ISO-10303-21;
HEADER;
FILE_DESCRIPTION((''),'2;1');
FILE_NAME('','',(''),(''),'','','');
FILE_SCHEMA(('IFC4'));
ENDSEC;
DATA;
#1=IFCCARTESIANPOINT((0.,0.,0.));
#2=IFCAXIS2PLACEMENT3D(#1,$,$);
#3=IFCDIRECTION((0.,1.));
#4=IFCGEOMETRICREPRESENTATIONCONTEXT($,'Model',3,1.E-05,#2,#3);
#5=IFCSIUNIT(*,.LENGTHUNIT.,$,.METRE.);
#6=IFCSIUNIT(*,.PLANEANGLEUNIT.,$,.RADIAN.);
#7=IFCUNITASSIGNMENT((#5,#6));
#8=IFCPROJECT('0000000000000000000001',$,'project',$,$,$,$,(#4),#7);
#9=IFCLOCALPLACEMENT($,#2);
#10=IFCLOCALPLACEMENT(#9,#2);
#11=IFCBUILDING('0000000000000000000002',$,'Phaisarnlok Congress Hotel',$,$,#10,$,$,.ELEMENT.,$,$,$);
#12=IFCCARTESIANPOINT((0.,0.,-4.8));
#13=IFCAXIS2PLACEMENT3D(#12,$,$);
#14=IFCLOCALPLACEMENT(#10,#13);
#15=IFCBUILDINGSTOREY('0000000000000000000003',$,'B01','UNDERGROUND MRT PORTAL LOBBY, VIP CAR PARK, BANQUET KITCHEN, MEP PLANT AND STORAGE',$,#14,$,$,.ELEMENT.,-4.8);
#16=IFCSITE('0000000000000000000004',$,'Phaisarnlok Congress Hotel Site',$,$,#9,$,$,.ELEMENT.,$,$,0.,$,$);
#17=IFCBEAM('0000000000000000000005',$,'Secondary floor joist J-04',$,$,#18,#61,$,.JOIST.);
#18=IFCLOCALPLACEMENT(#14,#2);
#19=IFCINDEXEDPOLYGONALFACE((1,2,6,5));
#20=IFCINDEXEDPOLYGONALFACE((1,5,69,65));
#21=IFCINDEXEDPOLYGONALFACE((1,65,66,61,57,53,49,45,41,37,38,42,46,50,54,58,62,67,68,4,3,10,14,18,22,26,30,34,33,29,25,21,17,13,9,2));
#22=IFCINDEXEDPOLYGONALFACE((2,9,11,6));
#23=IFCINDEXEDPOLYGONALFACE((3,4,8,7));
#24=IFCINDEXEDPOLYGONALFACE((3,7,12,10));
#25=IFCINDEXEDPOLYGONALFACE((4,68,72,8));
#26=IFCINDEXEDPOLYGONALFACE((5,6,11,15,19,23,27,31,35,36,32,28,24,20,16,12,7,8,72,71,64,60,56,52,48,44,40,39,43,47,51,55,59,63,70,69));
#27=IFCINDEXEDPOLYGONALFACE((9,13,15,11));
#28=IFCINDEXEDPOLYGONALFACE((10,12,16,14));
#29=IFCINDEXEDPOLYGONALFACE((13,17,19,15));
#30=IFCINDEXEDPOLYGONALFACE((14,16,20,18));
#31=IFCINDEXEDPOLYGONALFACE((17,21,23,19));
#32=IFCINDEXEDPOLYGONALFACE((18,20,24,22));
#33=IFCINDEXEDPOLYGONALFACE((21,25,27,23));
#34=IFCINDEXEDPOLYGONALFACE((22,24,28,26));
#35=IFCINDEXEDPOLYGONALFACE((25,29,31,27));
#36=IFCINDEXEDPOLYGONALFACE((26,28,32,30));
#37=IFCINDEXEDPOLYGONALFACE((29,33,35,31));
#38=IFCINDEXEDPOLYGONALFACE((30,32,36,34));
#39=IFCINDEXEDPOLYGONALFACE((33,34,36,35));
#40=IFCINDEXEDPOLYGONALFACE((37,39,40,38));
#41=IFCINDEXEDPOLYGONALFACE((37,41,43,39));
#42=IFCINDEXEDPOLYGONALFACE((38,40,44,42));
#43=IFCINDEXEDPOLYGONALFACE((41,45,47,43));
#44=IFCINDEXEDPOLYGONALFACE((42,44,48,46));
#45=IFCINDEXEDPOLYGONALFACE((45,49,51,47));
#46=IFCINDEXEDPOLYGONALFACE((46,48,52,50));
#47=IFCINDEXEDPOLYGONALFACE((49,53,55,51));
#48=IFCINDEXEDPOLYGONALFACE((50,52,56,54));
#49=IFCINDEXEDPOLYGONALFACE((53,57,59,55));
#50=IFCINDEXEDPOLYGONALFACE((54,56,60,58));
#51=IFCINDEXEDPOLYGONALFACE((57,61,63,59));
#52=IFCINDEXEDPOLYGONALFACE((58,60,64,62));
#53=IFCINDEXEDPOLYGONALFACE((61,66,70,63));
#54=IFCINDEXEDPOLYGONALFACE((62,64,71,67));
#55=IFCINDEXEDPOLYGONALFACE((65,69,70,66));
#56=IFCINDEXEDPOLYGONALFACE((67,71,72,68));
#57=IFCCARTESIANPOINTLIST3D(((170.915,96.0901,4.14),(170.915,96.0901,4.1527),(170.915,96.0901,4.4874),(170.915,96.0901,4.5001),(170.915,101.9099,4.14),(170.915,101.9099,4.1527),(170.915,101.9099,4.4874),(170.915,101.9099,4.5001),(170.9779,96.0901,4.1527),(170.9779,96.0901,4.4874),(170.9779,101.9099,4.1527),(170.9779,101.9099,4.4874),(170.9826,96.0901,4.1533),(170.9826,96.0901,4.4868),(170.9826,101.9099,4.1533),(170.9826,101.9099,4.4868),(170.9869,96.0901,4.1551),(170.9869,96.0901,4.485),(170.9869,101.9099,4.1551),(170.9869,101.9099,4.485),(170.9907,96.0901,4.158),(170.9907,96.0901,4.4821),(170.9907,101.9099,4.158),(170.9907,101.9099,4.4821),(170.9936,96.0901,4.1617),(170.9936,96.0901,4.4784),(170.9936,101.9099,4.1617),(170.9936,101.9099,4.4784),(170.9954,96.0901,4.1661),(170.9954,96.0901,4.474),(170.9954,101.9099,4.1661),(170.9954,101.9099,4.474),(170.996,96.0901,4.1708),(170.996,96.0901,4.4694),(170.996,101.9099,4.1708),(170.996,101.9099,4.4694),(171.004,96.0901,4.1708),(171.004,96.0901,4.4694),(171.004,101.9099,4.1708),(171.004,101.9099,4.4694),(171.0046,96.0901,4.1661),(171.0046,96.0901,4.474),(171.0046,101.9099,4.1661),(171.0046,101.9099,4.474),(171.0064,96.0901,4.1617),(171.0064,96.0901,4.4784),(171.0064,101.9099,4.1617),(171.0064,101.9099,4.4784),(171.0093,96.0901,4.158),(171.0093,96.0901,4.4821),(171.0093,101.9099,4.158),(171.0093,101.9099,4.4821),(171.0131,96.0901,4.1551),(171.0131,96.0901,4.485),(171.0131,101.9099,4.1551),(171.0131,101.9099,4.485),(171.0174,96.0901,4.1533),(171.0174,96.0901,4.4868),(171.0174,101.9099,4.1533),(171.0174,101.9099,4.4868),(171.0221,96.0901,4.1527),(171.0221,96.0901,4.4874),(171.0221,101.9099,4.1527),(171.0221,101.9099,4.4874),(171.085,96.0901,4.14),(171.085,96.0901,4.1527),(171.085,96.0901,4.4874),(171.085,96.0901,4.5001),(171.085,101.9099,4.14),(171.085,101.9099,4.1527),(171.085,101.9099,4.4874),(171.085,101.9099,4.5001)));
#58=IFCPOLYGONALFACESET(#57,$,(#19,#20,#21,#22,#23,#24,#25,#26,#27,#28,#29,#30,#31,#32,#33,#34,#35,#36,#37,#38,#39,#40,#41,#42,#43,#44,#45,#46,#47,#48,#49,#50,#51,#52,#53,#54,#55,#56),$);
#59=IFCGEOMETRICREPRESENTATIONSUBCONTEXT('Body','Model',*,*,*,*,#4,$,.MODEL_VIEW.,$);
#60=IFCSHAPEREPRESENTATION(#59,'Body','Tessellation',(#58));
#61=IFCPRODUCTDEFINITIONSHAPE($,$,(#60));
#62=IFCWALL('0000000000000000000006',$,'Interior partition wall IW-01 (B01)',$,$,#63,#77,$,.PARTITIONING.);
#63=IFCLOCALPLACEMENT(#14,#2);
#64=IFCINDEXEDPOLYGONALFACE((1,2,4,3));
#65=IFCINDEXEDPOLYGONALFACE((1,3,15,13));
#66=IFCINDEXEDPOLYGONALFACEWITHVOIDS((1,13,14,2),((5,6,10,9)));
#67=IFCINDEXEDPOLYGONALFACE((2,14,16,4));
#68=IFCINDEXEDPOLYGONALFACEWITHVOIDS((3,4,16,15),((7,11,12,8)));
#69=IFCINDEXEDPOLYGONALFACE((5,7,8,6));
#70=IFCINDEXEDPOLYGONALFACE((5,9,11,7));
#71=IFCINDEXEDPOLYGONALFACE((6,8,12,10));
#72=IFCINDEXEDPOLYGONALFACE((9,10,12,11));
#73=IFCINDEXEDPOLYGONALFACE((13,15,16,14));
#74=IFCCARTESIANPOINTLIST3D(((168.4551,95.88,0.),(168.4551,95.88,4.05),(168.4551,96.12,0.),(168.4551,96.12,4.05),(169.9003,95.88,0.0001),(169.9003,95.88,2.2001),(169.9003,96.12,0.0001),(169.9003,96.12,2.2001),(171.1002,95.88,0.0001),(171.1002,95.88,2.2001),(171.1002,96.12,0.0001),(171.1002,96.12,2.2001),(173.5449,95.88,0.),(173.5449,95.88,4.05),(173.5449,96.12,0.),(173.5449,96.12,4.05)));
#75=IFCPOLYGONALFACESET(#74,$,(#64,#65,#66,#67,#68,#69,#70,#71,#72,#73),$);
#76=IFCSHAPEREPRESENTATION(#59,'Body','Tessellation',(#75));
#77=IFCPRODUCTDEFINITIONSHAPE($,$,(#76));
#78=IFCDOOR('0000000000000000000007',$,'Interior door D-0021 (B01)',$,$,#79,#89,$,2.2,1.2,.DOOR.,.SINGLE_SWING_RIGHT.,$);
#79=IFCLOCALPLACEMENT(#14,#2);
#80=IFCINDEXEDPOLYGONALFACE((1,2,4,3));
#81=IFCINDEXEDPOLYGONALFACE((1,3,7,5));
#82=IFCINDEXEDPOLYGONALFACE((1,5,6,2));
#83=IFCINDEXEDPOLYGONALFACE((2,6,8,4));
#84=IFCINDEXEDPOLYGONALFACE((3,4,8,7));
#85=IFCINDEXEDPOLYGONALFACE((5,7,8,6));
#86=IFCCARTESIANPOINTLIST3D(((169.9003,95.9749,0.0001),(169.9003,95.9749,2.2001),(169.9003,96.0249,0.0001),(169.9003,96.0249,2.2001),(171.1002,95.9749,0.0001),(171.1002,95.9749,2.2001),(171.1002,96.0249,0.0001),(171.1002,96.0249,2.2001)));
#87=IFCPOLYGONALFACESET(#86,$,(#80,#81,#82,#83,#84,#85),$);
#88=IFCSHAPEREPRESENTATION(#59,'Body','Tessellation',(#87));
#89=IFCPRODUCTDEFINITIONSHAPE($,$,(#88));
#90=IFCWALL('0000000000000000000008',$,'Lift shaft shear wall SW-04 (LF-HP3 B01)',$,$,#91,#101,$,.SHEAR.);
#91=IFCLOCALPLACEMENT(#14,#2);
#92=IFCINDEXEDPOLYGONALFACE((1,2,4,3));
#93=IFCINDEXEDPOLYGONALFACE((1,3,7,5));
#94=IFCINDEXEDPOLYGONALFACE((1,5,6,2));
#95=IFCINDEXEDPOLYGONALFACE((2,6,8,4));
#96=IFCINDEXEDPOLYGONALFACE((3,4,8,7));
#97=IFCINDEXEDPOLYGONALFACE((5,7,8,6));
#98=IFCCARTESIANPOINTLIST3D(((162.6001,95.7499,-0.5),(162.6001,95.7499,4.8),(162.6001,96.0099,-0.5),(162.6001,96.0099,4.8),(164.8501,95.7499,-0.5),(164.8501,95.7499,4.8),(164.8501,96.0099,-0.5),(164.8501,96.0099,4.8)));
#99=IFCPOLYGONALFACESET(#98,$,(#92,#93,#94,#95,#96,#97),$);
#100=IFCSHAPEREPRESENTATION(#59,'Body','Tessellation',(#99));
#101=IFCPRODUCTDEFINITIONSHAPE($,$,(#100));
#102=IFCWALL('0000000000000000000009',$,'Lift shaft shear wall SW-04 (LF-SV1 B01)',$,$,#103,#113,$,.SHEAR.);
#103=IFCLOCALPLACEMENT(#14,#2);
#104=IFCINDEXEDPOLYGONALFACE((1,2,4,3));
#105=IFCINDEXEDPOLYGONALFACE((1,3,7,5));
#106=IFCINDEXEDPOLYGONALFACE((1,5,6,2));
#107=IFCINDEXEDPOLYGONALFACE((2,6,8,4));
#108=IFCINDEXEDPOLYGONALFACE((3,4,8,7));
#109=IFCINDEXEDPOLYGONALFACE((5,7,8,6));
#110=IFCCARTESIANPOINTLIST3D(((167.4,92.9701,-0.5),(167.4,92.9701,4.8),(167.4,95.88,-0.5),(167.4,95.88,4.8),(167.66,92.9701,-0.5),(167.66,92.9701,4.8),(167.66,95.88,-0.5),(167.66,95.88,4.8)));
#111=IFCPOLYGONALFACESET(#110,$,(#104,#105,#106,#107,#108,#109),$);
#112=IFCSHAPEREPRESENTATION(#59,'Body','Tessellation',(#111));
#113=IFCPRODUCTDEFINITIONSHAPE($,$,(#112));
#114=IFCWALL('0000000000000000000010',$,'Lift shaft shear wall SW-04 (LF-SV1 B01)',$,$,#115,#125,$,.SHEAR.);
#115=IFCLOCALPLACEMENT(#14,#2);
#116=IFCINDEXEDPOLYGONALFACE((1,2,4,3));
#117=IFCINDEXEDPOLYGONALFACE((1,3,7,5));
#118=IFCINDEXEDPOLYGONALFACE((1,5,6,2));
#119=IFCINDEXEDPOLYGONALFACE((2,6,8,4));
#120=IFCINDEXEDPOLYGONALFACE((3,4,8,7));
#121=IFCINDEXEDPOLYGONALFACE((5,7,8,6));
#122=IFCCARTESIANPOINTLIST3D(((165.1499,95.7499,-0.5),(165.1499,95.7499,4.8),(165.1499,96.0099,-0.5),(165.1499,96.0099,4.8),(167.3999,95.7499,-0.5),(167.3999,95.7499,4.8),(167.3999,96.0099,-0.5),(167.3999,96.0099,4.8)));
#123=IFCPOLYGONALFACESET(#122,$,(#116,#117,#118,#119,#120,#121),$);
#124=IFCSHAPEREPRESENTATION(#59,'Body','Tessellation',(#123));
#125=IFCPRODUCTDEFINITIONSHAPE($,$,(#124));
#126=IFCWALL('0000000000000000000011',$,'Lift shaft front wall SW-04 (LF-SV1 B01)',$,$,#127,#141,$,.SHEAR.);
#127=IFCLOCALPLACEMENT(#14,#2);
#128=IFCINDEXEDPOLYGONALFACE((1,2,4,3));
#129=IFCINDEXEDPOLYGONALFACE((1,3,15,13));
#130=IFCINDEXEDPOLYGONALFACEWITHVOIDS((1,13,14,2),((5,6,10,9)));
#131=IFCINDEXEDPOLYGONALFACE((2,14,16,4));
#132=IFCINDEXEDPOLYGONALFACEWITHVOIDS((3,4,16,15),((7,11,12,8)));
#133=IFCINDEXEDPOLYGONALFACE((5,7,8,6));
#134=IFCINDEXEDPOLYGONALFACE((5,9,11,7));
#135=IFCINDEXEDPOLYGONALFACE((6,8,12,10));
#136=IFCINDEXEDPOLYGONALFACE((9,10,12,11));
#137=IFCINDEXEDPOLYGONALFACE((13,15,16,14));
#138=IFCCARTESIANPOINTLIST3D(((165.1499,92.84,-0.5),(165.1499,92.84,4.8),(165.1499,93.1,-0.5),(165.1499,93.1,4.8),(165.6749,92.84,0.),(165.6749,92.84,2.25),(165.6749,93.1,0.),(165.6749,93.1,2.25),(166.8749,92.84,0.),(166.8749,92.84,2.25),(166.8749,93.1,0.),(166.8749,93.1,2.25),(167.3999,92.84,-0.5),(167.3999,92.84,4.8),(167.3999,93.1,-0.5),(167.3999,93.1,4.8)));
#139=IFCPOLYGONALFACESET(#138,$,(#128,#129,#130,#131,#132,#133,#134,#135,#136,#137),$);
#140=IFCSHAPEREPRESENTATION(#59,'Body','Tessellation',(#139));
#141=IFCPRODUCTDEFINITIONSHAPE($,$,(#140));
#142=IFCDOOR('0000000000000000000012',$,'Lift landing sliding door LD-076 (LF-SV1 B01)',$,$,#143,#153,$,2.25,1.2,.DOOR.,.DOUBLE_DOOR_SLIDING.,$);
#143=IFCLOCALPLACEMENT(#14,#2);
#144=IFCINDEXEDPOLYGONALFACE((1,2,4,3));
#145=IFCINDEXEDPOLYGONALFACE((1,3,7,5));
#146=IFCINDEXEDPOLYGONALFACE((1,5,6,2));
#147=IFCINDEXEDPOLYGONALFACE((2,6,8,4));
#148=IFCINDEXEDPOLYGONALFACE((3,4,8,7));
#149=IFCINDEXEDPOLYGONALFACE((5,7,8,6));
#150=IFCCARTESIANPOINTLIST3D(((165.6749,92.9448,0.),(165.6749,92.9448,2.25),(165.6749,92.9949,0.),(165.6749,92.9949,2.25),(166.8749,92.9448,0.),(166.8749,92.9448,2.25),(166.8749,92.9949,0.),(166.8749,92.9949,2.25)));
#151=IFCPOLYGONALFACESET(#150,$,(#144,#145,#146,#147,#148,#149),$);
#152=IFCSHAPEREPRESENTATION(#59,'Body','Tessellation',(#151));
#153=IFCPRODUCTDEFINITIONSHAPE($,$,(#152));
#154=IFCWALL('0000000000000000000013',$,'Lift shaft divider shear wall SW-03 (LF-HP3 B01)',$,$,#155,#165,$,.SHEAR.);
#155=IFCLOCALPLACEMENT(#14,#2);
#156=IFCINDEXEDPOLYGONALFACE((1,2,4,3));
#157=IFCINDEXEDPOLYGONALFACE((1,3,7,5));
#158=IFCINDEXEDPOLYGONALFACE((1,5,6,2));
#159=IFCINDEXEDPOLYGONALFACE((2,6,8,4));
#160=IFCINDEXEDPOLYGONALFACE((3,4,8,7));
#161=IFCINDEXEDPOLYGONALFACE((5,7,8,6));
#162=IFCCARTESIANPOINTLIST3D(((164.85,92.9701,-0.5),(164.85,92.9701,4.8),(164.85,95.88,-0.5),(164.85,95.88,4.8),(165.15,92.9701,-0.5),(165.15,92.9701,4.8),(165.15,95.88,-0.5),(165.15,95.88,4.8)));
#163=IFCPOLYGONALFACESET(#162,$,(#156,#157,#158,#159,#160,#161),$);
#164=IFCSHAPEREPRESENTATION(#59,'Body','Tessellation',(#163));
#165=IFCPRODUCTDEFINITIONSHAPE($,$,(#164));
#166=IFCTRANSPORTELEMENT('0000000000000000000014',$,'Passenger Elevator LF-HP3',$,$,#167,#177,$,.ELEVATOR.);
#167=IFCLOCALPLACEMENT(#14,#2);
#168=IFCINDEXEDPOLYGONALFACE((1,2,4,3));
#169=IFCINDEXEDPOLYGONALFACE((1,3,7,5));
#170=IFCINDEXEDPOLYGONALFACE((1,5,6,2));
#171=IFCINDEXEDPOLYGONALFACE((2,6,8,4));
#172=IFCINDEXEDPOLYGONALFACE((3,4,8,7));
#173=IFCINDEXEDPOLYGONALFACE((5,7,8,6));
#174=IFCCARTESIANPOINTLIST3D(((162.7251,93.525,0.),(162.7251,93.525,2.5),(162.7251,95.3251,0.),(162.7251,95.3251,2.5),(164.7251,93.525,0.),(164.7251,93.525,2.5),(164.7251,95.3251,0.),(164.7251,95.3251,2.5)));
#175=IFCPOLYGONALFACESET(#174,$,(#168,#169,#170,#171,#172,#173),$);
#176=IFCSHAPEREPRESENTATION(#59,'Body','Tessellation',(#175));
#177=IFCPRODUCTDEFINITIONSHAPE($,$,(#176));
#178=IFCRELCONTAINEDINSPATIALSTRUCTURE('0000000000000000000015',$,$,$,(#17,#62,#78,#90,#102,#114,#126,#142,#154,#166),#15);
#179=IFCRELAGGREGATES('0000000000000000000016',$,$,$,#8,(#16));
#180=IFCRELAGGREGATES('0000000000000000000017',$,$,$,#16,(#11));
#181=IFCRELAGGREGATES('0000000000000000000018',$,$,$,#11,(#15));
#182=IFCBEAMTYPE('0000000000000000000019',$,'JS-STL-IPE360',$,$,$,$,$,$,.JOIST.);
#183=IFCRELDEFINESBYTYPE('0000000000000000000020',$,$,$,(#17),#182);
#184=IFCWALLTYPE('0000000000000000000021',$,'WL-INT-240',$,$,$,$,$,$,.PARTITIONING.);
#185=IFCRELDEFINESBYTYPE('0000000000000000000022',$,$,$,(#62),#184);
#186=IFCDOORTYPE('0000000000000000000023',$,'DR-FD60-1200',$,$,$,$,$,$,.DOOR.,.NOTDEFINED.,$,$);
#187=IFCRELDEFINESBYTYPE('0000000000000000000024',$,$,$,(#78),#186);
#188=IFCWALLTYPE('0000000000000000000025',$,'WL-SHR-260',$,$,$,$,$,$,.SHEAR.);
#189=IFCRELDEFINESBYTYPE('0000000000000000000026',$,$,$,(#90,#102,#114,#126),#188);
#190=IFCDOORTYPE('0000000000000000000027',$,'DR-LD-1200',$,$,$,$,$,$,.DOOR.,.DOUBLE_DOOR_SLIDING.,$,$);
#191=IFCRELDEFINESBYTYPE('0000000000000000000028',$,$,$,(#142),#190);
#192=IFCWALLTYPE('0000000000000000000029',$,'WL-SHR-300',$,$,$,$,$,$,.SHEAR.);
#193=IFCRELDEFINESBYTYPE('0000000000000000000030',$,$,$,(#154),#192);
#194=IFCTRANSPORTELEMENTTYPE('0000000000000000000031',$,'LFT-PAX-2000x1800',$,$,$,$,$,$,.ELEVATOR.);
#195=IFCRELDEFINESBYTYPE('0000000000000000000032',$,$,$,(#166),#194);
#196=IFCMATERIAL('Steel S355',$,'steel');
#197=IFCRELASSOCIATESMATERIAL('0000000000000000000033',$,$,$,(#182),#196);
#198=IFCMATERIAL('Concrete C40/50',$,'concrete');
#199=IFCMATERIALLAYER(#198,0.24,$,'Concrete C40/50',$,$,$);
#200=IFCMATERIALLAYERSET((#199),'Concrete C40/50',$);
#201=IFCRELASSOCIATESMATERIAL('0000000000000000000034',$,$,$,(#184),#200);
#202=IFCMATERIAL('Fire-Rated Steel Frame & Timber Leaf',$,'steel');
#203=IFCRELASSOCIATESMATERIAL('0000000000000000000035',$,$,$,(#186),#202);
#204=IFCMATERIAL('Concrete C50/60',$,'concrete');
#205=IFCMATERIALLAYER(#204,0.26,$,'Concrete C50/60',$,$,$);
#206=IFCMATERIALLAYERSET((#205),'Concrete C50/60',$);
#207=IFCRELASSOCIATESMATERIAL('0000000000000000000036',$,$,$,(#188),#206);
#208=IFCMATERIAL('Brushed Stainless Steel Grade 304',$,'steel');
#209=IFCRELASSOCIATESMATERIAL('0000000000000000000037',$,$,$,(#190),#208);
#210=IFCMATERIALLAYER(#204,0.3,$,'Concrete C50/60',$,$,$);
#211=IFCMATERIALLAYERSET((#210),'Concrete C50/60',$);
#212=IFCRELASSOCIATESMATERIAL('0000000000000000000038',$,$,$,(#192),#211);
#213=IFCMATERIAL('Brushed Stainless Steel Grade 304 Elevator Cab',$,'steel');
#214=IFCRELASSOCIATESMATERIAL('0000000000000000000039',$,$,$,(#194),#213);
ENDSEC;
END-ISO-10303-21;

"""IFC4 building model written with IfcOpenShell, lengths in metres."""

from ifc_helpers import new_model, si_unit, direction, frame, frame_2d, origin, origin_2d, place, context, subcontext, project, spatial, rectangle, i_section, extrude, material, layer, layer_set, material_profile, profile_set, type_object, element, fill, save


model = new_model("IFC4")

# Units and contexts
model_context = context("Model", 3, precision=1e-05, world=origin(), true_north=direction((0.0, 1.0)))
body_context = subcontext(model_context, "Body", "Model", "MODEL_VIEW")
ifc_project = project(units=[si_unit("LENGTHUNIT", "METRE"), si_unit("PLANEANGLEUNIT", "RADIAN")], contexts=[model_context])

# Site, building, storey
site_placement = place(None, origin())
site = spatial("IfcSite", under=ifc_project, at=site_placement, Name="Phaisarnlok Congress Hotel Site", CompositionType="ELEMENT", RefElevation=0.0)
building_placement = place(site_placement, origin())
building = spatial("IfcBuilding", under=site, at=building_placement, Name="Phaisarnlok Congress Hotel", CompositionType="ELEMENT")
storey_placement = place(building_placement, frame((0.0, 0.0, -4.8)))
storey = spatial("IfcBuildingStorey", under=building, at=storey_placement, Name="B01", Description="UNDERGROUND MRT PORTAL LOBBY, VIP CAR PARK, BANQUET KITCHEN, MEP PLANT AND STORAGE", CompositionType="ELEMENT", Elevation=-4.8)

# Shared definitions
ifc_material_1 = material(Name="Concrete C50/60", Category="concrete")

# Beam
ifc_material_2 = material(Name="Concrete C40/50", Category="concrete")
ifc_material_3 = material(Name="Steel S355", Category="steel")
ifc_material_profile_1 = material_profile(ifc_material_3, i_section(OverallWidth=0.1699, OverallDepth=0.3601, WebThickness=0.0081, FlangeThickness=0.0127, FilletRadius=0.0181, at=origin_2d()), Name="IPE 360")
ifc_profile_set_1 = profile_set([ifc_material_profile_1], Name="Steel S355")
beam_type_1 = type_object("IfcBeamType", Name="JS-STL-IPE360", PredefinedType="JOIST", material=ifc_profile_set_1)
beam_1_placement = place(storey_placement, frame((171.0, 96.0901, 4.3201), z_axis=(0.0, 1.0, 0.0), x_axis=(-1.0, 0.0, 0.0)))
element("IfcBeam", 1, at=beam_1_placement, inside=storey, type_object=beam_type_1, Name="Secondary floor joist J-04", PredefinedType="JOIST", context=body_context, shape_type="SweptSolid", body=[
    extrude(i_section(OverallWidth=0.1699, OverallDepth=0.3601, WebThickness=0.0081, FlangeThickness=0.0127, FilletRadius=0.0181, at=origin_2d()), origin(), (0.0, 0.0, 1.0), 5.8198),
])

# Wall, opening, door
ifc_layer_1 = layer(ifc_material_2, 0.24, Name="Concrete C40/50")
ifc_layer_set_1 = layer_set([ifc_layer_1], Name="Concrete C40/50")
wall_type_1 = type_object("IfcWallType", Name="WL-INT-240", PredefinedType="PARTITIONING", material=ifc_layer_set_1)
wall_1_placement = place(storey_placement, frame((168.4551, 96.0, 0.0), z_axis=(0.0, 0.0, 1.0), x_axis=(1.0, 0.0, 0.0)))
wall_1 = element("IfcWall", 2, at=wall_1_placement, inside=storey, type_object=wall_type_1, Name="Interior partition wall IW-01 (B01)", PredefinedType="PARTITIONING", context=body_context, shape_type="SweptSolid", body=[
    extrude(rectangle(XDim=5.0898, YDim=0.24, at=frame_2d((2.5449, 0.0))), origin(), (0.0, 0.0, 1.0), 4.05),
])
opening_1_placement = place(wall_1_placement, frame((1.4451, 0.0, 0.0)))
opening_1 = element("IfcOpeningElement", 3, at=opening_1_placement, cuts=wall_1, PredefinedType="OPENING", context=body_context, shape_type="SweptSolid", body=[
    extrude(rectangle(XDim=1.2, YDim=2.2, at=frame_2d((0.6001, 1.1001))), frame((0.0, 0.1299, 0.0), z_axis=(0.0, -1.0, 0.0), x_axis=(1.0, 0.0, 0.0)), (0.0, 0.0, 1.0), 0.26),
])
ifc_material_4 = material(Name="Fire-Rated Steel Frame & Timber Leaf", Category="steel")
door_type_1 = type_object("IfcDoorType", Name="DR-FD60-1200", OperationType="NOTDEFINED", PredefinedType="DOOR", material=ifc_material_4)
door_1_placement = place(opening_1_placement, origin())
door_1 = element("IfcDoor", 4, at=door_1_placement, inside=storey, type_object=door_type_1, Name="Interior door D-0021 (B01)", OperationType="SINGLE_SWING_RIGHT", OverallHeight=2.2, OverallWidth=1.2, PredefinedType="DOOR", context=body_context, shape_type="SweptSolid", body=[
    extrude(rectangle(XDim=1.2, YDim=2.2, at=frame_2d((0.6001, 1.1001))), frame((0.0, 0.0249, 0.0), z_axis=(0.0, -1.0, 0.0), x_axis=(1.0, 0.0, 0.0)), (0.0, 0.0, 1.0), 0.05),
])
fill(opening_1, door_1)

# Walls
ifc_layer_2 = layer(ifc_material_1, 0.26, Name="Concrete C50/60")
ifc_layer_set_2 = layer_set([ifc_layer_2], Name="Concrete C50/60")
wall_type_2 = type_object("IfcWallType", Name="WL-SHR-260", PredefinedType="SHEAR", material=ifc_layer_set_2)
wall_2_placement = place(storey_placement, frame((162.6001, 95.8799, -0.5), z_axis=(0.0, 0.0, 1.0), x_axis=(1.0, 0.0, 0.0)))
element("IfcWall", 5, at=wall_2_placement, inside=storey, type_object=wall_type_2, Name="Lift shaft shear wall SW-04 (LF-HP3 B01)", PredefinedType="SHEAR", context=body_context, shape_type="SweptSolid", body=[
    extrude(rectangle(XDim=2.25, YDim=0.26, at=frame_2d((1.125, 0.0))), origin(), (0.0, 0.0, 1.0), 5.3),
])
wall_3_placement = place(storey_placement, frame((167.53, 92.97, -0.5), z_axis=(0.0, 0.0, 1.0), x_axis=(0.0, 1.0, 0.0)))
element("IfcWall", 6, at=wall_3_placement, inside=storey, type_object=wall_type_2, Name="Lift shaft shear wall SW-04 (LF-SV1 B01)", PredefinedType="SHEAR", context=body_context, shape_type="SweptSolid", body=[
    extrude(rectangle(XDim=2.9099, YDim=0.26, at=frame_2d((1.4551, 0.0))), origin(), (0.0, 0.0, 1.0), 5.3),
])
wall_4_placement = place(storey_placement, frame((165.1499, 95.8799, -0.5), z_axis=(0.0, 0.0, 1.0), x_axis=(1.0, 0.0, 0.0)))
element("IfcWall", 7, at=wall_4_placement, inside=storey, type_object=wall_type_2, Name="Lift shaft shear wall SW-04 (LF-SV1 B01)", PredefinedType="SHEAR", context=body_context, shape_type="SweptSolid", body=[
    extrude(rectangle(XDim=2.25, YDim=0.26, at=frame_2d((1.125, 0.0))), origin(), (0.0, 0.0, 1.0), 5.3),
])

# Wall, opening, door
wall_5_placement = place(storey_placement, frame((165.1499, 92.97, -0.5), z_axis=(0.0, 0.0, 1.0), x_axis=(1.0, 0.0, 0.0)))
wall_5 = element("IfcWall", 8, at=wall_5_placement, inside=storey, type_object=wall_type_2, Name="Lift shaft front wall SW-04 (LF-SV1 B01)", PredefinedType="SHEAR", context=body_context, shape_type="SweptSolid", body=[
    extrude(rectangle(XDim=2.25, YDim=0.26, at=frame_2d((1.125, 0.0))), origin(), (0.0, 0.0, 1.0), 5.3),
])
opening_2_placement = place(wall_5_placement, frame((0.5249, 0.0, 0.5)))
opening_2 = element("IfcOpeningElement", 9, at=opening_2_placement, cuts=wall_5, PredefinedType="OPENING", context=body_context, shape_type="SweptSolid", body=[
    extrude(rectangle(XDim=1.2, YDim=2.25, at=frame_2d((0.6001, 1.125))), frame((0.0, 0.1401, 0.0), z_axis=(0.0, -1.0, 0.0), x_axis=(1.0, 0.0, 0.0)), (0.0, 0.0, 1.0), 0.28),
])
ifc_material_5 = material(Name="Brushed Stainless Steel Grade 304", Category="steel")
door_type_2 = type_object("IfcDoorType", Name="DR-LD-1200", OperationType="DOUBLE_DOOR_SLIDING", PredefinedType="DOOR", material=ifc_material_5)
door_2_placement = place(opening_2_placement, origin())
door_2 = element("IfcDoor", 10, at=door_2_placement, inside=storey, type_object=door_type_2, Name="Lift landing sliding door LD-076 (LF-SV1 B01)", OperationType="DOUBLE_DOOR_SLIDING", OverallHeight=2.25, OverallWidth=1.2, PredefinedType="DOOR", context=body_context, shape_type="SweptSolid", body=[
    extrude(rectangle(XDim=1.2, YDim=2.25, at=frame_2d((0.6001, 1.125))), frame((0.0, 0.0249, 0.0), z_axis=(0.0, -1.0, 0.0), x_axis=(1.0, 0.0, 0.0)), (0.0, 0.0, 1.0), 0.05),
])
fill(opening_2, door_2)

# Wall
ifc_layer_3 = layer(ifc_material_1, 0.3, Name="Concrete C50/60")
ifc_layer_set_3 = layer_set([ifc_layer_3], Name="Concrete C50/60")
wall_type_3 = type_object("IfcWallType", Name="WL-SHR-300", PredefinedType="SHEAR", material=ifc_layer_set_3)
wall_6_placement = place(storey_placement, frame((165.0, 92.97, -0.5), z_axis=(0.0, 0.0, 1.0), x_axis=(0.0, 1.0, 0.0)))
element("IfcWall", 11, at=wall_6_placement, inside=storey, type_object=wall_type_3, Name="Lift shaft divider shear wall SW-03 (LF-HP3 B01)", PredefinedType="SHEAR", context=body_context, shape_type="SweptSolid", body=[
    extrude(rectangle(XDim=2.9099, YDim=0.3, at=frame_2d((1.4551, 0.0))), origin(), (0.0, 0.0, 1.0), 5.3),
])

# Transport element
ifc_material_6 = material(Name="Brushed Stainless Steel Grade 304 Elevator Cab", Category="steel")
transport_element_type_1 = type_object("IfcTransportElementType", Name="LFT-PAX-2000x1800", PredefinedType="ELEVATOR", material=ifc_material_6)
transport_element_1_placement = place(storey_placement, frame((163.7251, 94.425, 0.0), z_axis=(0.0, 0.0, 1.0), x_axis=(1.0, 0.0, 0.0)))
element("IfcTransportElement", 12, at=transport_element_1_placement, inside=storey, type_object=transport_element_type_1, Name="Passenger Elevator LF-HP3", PredefinedType="ELEVATOR", context=body_context, shape_type="SweptSolid", body=[
    extrude(rectangle(XDim=2.0, YDim=1.8, at=origin_2d()), origin(), (0.0, 0.0, 1.0), 2.5),
])

save(model, "model.ifc")
